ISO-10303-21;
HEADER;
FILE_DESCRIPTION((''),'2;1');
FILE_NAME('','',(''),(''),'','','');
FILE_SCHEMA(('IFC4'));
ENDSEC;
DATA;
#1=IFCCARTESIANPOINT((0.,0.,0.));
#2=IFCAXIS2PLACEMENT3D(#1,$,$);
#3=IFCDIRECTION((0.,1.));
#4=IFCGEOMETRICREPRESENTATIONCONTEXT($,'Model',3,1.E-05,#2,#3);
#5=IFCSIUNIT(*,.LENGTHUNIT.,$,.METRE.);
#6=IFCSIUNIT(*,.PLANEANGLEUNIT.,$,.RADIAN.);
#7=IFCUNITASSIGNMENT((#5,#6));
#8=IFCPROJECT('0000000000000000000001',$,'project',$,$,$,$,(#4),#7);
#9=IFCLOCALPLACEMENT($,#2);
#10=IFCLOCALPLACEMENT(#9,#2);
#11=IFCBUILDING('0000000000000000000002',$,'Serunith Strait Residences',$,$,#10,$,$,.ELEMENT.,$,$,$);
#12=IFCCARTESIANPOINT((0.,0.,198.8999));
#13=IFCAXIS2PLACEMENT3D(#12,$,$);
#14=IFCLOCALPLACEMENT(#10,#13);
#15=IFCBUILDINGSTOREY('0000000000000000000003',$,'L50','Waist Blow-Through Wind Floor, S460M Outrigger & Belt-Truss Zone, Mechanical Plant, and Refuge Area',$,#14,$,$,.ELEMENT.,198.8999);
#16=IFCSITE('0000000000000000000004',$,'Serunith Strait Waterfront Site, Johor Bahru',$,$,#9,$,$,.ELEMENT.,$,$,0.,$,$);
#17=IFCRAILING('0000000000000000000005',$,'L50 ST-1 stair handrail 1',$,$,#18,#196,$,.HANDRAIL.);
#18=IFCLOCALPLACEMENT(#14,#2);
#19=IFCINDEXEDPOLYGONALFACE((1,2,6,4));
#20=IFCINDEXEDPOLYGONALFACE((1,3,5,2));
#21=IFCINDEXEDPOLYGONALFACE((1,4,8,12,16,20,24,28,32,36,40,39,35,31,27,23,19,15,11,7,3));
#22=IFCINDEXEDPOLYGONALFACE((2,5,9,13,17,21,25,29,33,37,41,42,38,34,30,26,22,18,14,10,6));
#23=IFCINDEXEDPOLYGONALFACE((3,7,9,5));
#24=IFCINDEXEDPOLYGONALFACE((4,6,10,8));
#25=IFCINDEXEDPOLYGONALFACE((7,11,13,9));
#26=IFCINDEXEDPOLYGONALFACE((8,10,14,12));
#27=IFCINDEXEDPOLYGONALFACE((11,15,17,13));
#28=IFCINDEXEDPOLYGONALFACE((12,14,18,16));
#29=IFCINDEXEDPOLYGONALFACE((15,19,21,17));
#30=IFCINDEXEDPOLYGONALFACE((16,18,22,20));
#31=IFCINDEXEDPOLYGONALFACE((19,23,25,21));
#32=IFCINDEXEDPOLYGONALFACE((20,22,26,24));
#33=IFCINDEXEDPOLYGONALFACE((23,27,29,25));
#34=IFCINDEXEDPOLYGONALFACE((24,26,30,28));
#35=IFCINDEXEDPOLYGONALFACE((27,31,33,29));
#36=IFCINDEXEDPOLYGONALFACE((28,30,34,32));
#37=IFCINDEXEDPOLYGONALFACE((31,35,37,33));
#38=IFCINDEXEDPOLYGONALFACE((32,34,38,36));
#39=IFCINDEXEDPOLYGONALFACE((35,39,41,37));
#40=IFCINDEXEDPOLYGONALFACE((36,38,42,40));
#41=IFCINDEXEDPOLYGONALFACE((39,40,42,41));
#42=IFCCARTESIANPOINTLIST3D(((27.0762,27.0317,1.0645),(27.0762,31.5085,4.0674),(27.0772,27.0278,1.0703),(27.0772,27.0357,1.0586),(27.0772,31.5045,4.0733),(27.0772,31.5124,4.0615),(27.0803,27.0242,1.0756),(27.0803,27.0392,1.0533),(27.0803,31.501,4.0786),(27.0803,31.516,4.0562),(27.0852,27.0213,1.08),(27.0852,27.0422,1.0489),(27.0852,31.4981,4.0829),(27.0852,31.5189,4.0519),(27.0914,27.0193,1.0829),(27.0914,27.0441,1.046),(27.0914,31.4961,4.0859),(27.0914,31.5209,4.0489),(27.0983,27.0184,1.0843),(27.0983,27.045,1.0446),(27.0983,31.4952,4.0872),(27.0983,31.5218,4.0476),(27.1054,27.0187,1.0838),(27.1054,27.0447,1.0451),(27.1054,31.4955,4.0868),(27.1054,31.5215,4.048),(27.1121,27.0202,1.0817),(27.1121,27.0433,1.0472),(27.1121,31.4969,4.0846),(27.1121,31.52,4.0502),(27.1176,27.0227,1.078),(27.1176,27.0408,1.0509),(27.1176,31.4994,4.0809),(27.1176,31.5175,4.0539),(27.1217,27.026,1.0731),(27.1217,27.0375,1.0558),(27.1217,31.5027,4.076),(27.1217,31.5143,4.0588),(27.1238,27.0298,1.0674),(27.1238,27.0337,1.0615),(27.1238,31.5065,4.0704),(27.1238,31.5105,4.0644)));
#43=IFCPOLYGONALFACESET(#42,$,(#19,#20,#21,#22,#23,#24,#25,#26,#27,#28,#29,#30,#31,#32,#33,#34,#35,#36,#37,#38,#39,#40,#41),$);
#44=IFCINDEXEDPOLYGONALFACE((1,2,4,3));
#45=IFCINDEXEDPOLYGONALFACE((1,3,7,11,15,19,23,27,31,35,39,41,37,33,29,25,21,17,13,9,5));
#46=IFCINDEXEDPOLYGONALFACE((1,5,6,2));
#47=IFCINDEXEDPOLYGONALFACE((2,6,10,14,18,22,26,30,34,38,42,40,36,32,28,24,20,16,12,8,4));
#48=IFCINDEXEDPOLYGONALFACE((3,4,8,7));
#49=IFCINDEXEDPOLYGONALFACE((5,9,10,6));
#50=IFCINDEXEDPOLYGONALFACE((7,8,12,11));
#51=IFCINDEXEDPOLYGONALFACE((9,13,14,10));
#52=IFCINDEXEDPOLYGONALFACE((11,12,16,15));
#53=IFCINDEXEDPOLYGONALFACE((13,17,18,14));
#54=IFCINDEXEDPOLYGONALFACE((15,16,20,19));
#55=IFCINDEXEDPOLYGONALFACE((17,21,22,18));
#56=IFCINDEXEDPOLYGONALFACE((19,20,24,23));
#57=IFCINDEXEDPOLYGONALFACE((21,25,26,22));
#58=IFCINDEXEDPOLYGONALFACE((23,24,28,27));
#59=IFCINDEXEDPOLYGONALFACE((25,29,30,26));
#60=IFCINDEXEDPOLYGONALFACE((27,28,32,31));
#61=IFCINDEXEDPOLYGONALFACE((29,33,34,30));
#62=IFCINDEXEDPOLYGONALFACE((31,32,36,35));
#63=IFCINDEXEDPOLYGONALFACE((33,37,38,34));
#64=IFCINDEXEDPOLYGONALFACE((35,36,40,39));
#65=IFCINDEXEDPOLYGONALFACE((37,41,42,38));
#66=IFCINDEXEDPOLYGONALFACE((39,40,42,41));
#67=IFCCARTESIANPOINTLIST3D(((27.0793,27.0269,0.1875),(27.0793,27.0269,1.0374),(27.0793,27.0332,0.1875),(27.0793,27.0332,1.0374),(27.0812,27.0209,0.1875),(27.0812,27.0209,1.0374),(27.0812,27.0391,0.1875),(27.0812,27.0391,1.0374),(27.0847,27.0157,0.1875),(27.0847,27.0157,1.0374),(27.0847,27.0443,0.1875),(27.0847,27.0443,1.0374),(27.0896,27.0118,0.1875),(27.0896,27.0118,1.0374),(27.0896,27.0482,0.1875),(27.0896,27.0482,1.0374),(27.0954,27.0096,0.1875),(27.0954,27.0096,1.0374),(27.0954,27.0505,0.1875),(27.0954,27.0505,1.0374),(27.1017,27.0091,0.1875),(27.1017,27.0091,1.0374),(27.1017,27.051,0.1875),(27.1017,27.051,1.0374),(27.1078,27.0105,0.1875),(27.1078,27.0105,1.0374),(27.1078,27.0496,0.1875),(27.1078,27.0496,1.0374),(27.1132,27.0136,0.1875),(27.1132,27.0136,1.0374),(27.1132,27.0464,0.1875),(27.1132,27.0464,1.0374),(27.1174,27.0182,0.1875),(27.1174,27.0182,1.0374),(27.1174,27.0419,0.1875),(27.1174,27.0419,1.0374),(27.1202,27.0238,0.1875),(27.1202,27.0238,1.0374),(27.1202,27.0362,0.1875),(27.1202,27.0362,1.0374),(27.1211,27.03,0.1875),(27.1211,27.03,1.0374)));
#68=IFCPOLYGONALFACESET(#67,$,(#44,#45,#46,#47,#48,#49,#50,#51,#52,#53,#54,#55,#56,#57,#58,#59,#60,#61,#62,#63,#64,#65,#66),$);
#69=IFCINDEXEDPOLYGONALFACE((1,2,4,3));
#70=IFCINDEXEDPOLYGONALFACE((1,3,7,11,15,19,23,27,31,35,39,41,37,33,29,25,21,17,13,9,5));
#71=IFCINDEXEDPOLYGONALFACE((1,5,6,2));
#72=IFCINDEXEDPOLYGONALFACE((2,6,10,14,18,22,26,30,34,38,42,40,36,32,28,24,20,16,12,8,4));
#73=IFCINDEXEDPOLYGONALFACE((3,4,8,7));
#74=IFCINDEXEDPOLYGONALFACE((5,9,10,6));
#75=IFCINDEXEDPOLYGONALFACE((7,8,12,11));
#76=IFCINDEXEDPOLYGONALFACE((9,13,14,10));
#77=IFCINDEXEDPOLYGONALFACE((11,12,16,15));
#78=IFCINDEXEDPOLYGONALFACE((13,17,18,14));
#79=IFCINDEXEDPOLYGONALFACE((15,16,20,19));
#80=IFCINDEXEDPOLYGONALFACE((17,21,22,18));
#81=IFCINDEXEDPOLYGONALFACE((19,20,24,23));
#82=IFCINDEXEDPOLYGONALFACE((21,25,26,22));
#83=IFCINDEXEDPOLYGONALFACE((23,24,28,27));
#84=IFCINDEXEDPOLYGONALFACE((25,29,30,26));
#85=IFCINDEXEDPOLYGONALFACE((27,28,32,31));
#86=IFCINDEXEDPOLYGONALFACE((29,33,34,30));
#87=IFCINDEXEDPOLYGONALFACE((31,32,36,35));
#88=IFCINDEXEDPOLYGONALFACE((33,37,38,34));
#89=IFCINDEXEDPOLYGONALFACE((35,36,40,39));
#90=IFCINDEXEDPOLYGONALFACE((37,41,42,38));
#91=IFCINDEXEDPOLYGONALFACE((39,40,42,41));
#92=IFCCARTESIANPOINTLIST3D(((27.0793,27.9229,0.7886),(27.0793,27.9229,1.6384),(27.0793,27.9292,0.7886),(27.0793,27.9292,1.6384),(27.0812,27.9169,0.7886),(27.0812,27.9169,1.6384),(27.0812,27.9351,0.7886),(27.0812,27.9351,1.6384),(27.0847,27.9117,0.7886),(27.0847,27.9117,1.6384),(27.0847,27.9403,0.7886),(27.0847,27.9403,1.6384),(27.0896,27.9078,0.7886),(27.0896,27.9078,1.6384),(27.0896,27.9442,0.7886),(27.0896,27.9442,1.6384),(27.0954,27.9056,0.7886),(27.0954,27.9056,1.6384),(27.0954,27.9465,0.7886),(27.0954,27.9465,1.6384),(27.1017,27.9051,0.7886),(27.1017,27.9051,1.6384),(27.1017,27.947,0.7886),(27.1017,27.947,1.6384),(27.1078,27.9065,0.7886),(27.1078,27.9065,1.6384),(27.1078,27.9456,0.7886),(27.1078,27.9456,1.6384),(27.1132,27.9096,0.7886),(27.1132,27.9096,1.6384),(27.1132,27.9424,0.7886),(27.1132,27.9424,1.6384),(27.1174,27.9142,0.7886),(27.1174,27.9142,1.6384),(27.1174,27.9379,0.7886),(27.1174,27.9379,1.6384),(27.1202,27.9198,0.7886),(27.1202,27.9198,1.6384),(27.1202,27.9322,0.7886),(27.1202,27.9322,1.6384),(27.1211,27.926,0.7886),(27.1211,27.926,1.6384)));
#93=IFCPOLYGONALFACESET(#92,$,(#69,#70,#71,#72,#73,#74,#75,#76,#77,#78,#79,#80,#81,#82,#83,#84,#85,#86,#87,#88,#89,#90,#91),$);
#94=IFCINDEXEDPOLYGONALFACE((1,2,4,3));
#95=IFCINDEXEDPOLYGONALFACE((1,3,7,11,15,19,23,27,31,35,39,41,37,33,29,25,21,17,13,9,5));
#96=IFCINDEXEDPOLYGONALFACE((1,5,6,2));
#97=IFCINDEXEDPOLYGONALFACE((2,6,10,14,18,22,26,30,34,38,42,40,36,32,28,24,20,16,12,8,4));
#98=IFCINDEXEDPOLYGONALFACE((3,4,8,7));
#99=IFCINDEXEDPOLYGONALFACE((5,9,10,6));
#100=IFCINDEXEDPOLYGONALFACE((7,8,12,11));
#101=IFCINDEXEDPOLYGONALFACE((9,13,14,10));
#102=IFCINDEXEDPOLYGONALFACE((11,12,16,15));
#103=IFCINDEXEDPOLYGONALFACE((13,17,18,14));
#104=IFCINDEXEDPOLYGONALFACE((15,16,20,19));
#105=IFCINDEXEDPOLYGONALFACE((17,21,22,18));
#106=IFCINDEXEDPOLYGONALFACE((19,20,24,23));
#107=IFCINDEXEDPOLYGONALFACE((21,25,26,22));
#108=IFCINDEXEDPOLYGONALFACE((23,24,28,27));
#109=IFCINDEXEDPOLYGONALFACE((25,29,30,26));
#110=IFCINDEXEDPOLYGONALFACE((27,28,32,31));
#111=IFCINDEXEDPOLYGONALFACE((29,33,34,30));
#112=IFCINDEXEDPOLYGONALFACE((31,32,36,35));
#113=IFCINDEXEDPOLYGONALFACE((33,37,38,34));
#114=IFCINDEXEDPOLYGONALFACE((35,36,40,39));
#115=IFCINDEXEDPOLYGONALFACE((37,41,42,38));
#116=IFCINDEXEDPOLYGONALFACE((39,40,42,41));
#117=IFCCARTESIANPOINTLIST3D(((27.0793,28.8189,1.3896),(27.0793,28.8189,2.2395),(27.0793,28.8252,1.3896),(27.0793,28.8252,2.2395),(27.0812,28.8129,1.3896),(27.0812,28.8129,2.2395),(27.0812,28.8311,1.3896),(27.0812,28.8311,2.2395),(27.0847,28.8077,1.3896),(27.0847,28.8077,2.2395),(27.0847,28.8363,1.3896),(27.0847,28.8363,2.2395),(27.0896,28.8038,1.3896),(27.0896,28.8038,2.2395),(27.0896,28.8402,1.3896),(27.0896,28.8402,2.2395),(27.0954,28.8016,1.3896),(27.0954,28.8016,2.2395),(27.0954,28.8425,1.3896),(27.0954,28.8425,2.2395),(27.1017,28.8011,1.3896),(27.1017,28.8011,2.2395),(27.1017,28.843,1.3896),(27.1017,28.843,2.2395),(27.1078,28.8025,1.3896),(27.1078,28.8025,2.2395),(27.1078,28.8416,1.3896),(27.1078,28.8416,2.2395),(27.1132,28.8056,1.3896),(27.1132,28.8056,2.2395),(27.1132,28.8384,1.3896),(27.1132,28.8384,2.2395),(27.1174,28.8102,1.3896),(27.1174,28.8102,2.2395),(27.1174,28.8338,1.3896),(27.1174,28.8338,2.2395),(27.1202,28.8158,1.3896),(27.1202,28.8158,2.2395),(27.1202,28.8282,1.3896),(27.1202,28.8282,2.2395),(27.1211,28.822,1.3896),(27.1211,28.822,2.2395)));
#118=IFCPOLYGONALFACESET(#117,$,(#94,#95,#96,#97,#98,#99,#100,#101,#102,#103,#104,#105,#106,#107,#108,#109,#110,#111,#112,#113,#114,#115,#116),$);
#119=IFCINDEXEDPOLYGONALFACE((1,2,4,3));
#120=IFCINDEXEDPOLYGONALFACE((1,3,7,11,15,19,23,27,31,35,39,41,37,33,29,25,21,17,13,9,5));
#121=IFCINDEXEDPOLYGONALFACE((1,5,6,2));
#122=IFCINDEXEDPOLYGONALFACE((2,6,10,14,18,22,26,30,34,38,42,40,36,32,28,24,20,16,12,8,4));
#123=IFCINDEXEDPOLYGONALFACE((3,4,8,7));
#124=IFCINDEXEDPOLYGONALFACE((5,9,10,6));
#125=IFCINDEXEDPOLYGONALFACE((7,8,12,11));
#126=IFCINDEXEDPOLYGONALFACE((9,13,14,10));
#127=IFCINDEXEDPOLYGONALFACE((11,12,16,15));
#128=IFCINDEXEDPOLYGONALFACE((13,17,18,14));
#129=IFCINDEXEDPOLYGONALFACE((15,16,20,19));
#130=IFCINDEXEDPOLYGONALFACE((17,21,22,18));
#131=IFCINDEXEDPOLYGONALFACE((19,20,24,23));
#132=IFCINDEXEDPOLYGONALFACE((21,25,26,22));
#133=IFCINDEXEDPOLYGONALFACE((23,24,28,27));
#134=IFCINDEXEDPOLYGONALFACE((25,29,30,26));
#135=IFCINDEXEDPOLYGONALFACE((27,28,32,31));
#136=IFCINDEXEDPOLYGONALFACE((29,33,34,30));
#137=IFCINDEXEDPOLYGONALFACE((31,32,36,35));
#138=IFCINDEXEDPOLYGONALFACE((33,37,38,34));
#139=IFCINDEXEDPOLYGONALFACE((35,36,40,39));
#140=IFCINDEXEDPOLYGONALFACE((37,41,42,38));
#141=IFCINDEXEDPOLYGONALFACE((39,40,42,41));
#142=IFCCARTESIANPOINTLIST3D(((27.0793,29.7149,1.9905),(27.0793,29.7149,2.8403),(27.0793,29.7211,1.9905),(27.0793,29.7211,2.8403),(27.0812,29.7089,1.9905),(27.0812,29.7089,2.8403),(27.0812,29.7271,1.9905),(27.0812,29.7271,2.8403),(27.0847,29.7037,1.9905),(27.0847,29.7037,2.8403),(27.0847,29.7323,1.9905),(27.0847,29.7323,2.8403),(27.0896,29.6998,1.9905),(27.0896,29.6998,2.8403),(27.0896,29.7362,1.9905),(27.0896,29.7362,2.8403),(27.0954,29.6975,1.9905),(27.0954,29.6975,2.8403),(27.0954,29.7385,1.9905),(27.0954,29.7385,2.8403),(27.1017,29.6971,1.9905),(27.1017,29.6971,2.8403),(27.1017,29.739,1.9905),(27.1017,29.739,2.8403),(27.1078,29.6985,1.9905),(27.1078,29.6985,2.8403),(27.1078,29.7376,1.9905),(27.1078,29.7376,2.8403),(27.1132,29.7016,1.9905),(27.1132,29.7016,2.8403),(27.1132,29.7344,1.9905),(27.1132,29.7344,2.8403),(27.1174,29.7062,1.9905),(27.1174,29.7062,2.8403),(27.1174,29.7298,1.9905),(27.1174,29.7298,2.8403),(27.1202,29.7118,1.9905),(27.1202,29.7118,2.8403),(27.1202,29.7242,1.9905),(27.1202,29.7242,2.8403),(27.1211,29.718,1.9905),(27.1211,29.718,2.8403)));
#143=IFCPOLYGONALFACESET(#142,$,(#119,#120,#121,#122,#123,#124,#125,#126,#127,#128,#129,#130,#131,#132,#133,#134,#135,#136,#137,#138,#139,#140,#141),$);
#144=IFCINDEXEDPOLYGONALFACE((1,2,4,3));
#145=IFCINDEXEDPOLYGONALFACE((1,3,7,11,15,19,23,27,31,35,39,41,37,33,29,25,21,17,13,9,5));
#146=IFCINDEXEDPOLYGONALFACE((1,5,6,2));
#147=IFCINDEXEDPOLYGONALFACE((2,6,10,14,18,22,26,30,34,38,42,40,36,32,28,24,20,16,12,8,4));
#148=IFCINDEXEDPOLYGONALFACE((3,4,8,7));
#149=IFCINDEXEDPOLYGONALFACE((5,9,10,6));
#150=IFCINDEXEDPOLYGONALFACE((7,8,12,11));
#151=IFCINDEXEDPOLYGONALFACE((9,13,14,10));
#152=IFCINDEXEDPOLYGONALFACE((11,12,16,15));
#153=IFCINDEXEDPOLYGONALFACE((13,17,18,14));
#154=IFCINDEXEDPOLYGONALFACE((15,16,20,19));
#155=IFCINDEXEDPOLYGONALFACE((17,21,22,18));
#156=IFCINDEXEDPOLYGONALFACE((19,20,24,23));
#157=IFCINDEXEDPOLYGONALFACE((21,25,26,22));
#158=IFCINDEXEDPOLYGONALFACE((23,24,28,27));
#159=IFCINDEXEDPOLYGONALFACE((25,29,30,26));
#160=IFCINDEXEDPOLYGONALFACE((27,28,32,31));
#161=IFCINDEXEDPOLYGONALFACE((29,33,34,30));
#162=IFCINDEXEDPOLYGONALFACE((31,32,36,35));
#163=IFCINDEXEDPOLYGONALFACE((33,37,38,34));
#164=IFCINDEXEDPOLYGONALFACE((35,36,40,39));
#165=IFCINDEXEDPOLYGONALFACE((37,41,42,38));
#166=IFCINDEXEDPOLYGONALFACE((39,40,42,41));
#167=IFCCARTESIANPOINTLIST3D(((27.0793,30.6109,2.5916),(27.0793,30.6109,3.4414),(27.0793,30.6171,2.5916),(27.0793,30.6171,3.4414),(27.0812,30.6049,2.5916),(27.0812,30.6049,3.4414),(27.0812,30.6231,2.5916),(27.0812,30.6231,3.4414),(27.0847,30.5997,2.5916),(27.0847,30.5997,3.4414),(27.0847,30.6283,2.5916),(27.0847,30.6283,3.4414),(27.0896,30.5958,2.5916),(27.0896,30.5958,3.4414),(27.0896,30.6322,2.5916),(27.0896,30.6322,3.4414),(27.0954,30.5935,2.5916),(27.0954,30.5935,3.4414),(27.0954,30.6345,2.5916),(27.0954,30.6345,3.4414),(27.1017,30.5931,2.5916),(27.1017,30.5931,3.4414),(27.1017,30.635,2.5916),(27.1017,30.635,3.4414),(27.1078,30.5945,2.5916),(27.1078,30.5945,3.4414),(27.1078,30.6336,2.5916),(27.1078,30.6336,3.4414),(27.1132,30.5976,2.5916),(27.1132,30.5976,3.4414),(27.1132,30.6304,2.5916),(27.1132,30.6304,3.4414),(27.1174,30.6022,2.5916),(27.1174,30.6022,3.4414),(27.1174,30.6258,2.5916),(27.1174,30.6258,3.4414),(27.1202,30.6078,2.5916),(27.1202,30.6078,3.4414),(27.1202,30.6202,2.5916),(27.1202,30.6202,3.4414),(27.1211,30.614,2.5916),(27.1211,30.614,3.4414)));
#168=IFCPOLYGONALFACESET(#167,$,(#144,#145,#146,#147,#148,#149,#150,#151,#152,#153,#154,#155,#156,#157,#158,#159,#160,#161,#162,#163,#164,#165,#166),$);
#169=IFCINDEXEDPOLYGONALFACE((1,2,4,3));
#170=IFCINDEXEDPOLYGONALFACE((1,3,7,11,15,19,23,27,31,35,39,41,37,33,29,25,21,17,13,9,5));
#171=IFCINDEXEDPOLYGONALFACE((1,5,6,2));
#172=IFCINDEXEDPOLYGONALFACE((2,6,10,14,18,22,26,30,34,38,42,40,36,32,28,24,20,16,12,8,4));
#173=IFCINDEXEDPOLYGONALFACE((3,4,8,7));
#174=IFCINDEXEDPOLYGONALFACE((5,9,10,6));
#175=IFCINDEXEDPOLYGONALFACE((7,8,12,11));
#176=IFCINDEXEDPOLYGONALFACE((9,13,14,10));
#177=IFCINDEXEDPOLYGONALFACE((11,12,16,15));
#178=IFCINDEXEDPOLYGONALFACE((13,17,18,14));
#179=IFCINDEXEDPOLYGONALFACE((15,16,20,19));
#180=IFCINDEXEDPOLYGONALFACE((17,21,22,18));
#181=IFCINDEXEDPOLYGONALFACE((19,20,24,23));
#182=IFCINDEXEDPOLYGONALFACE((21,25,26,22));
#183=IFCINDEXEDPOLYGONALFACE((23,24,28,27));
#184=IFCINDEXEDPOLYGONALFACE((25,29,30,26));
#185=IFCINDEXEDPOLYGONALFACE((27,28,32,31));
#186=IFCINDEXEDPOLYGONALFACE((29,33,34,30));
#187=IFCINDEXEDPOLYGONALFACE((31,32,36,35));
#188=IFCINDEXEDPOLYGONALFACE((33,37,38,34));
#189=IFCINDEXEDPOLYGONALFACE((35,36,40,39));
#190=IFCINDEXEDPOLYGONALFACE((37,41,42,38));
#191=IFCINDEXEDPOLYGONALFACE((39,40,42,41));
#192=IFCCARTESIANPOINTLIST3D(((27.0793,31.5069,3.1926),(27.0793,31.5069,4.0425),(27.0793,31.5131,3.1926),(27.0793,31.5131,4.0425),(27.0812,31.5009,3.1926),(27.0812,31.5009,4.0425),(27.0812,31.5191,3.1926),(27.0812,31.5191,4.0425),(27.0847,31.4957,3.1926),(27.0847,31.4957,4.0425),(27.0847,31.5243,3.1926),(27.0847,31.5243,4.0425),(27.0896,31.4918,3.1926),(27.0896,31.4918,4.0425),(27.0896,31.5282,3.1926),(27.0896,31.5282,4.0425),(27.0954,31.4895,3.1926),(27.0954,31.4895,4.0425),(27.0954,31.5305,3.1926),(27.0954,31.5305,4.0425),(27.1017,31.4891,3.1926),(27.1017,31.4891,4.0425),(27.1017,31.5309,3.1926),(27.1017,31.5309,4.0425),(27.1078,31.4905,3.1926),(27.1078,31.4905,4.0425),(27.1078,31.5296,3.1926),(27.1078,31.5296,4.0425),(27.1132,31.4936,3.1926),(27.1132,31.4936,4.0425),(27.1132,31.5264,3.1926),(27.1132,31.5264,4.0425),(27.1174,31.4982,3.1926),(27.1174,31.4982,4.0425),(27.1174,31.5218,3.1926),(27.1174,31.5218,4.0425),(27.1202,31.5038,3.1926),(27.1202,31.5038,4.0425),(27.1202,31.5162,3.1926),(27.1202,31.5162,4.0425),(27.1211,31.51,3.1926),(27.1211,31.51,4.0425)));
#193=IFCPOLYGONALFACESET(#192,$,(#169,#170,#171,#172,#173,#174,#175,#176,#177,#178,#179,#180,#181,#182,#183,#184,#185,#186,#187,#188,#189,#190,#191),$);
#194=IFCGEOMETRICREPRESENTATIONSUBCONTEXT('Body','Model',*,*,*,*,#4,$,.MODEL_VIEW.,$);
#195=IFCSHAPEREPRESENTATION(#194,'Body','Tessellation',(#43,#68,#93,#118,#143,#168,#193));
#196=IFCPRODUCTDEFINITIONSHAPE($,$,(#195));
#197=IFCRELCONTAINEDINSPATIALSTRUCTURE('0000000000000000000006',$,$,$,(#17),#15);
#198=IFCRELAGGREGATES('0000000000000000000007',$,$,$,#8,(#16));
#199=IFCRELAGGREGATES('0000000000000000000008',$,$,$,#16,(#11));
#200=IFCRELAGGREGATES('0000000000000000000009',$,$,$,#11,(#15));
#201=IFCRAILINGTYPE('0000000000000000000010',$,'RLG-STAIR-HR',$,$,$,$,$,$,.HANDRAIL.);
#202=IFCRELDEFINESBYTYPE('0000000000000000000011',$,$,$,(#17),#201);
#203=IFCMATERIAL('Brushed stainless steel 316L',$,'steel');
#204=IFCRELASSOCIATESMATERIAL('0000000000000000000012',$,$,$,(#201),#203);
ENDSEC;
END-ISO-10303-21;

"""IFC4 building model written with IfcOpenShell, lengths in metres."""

from ifc_helpers import new_model, si_unit, direction, frame, origin, origin_2d, place, context, subcontext, project, spatial, circle, extrude, material, type_object, element, save


model = new_model("IFC4")

# Units and contexts
model_context = context("Model", 3, precision=1e-05, world=origin(), true_north=direction((0.0, 1.0)))
body_context = subcontext(model_context, "Body", "Model", "MODEL_VIEW")
ifc_project = project(units=[si_unit("LENGTHUNIT", "METRE"), si_unit("PLANEANGLEUNIT", "RADIAN")], contexts=[model_context])

# Site, building, storey
site_placement = place(None, origin())
site = spatial("IfcSite", under=ifc_project, at=site_placement, Name="Serunith Strait Waterfront Site, Johor Bahru", CompositionType="ELEMENT", RefElevation=0.0)
building_placement = place(site_placement, origin())
building = spatial("IfcBuilding", under=site, at=building_placement, Name="Serunith Strait Residences", CompositionType="ELEMENT")
storey_placement = place(building_placement, frame((0.0, 0.0, 198.8999)))
storey = spatial("IfcBuildingStorey", under=building, at=storey_placement, Name="L50", Description="Waist Blow-Through Wind Floor, S460M Outrigger & Belt-Truss Zone, Mechanical Plant, and Refuge Area", CompositionType="ELEMENT", Elevation=198.8999)

# Railing
ifc_material_1 = material(Name="Brushed stainless steel 316L", Category="steel")
railing_type_1 = type_object("IfcRailingType", Name="RLG-STAIR-HR", PredefinedType="HANDRAIL", material=ifc_material_1)
railing_1_placement = place(storey_placement, frame((27.1001, 27.03, 0.1875)))
element("IfcRailing", 1, at=railing_1_placement, inside=storey, type_object=railing_type_1, Name="L50 ST-1 stair handrail 1", PredefinedType="HANDRAIL", context=body_context, shape_type="SweptSolid", body=[
    extrude(circle(Radius=0.0239, at=origin_2d()), frame((0.0, 0.0017, 0.877), z_axis=(0.0, 0.830466, 0.557069), x_axis=(-1.0, 0.0, 0.0)), (0.0, 0.0, 1.0), 5.3906),
    extrude(circle(Radius=0.021, at=origin_2d()), origin(), (0.0, 0.0, 1.0), 0.8499),
    extrude(circle(Radius=0.021, at=origin_2d()), frame((0.0, 0.896, 0.6011)), (0.0, 0.0, 1.0), 0.8499),
    extrude(circle(Radius=0.021, at=origin_2d()), frame((0.0, 1.792, 1.2021)), (0.0, 0.0, 1.0), 0.8499),
    extrude(circle(Radius=0.021, at=origin_2d()), frame((0.0, 2.688, 1.803)), (0.0, 0.0, 1.0), 0.8499),
    extrude(circle(Radius=0.021, at=origin_2d()), frame((0.0, 3.584, 2.4041)), (0.0, 0.0, 1.0), 0.8499),
    extrude(circle(Radius=0.021, at=origin_2d()), frame((0.0, 4.48, 3.0051)), (0.0, 0.0, 1.0), 0.8499),
])

save(model, "model.ifc")
